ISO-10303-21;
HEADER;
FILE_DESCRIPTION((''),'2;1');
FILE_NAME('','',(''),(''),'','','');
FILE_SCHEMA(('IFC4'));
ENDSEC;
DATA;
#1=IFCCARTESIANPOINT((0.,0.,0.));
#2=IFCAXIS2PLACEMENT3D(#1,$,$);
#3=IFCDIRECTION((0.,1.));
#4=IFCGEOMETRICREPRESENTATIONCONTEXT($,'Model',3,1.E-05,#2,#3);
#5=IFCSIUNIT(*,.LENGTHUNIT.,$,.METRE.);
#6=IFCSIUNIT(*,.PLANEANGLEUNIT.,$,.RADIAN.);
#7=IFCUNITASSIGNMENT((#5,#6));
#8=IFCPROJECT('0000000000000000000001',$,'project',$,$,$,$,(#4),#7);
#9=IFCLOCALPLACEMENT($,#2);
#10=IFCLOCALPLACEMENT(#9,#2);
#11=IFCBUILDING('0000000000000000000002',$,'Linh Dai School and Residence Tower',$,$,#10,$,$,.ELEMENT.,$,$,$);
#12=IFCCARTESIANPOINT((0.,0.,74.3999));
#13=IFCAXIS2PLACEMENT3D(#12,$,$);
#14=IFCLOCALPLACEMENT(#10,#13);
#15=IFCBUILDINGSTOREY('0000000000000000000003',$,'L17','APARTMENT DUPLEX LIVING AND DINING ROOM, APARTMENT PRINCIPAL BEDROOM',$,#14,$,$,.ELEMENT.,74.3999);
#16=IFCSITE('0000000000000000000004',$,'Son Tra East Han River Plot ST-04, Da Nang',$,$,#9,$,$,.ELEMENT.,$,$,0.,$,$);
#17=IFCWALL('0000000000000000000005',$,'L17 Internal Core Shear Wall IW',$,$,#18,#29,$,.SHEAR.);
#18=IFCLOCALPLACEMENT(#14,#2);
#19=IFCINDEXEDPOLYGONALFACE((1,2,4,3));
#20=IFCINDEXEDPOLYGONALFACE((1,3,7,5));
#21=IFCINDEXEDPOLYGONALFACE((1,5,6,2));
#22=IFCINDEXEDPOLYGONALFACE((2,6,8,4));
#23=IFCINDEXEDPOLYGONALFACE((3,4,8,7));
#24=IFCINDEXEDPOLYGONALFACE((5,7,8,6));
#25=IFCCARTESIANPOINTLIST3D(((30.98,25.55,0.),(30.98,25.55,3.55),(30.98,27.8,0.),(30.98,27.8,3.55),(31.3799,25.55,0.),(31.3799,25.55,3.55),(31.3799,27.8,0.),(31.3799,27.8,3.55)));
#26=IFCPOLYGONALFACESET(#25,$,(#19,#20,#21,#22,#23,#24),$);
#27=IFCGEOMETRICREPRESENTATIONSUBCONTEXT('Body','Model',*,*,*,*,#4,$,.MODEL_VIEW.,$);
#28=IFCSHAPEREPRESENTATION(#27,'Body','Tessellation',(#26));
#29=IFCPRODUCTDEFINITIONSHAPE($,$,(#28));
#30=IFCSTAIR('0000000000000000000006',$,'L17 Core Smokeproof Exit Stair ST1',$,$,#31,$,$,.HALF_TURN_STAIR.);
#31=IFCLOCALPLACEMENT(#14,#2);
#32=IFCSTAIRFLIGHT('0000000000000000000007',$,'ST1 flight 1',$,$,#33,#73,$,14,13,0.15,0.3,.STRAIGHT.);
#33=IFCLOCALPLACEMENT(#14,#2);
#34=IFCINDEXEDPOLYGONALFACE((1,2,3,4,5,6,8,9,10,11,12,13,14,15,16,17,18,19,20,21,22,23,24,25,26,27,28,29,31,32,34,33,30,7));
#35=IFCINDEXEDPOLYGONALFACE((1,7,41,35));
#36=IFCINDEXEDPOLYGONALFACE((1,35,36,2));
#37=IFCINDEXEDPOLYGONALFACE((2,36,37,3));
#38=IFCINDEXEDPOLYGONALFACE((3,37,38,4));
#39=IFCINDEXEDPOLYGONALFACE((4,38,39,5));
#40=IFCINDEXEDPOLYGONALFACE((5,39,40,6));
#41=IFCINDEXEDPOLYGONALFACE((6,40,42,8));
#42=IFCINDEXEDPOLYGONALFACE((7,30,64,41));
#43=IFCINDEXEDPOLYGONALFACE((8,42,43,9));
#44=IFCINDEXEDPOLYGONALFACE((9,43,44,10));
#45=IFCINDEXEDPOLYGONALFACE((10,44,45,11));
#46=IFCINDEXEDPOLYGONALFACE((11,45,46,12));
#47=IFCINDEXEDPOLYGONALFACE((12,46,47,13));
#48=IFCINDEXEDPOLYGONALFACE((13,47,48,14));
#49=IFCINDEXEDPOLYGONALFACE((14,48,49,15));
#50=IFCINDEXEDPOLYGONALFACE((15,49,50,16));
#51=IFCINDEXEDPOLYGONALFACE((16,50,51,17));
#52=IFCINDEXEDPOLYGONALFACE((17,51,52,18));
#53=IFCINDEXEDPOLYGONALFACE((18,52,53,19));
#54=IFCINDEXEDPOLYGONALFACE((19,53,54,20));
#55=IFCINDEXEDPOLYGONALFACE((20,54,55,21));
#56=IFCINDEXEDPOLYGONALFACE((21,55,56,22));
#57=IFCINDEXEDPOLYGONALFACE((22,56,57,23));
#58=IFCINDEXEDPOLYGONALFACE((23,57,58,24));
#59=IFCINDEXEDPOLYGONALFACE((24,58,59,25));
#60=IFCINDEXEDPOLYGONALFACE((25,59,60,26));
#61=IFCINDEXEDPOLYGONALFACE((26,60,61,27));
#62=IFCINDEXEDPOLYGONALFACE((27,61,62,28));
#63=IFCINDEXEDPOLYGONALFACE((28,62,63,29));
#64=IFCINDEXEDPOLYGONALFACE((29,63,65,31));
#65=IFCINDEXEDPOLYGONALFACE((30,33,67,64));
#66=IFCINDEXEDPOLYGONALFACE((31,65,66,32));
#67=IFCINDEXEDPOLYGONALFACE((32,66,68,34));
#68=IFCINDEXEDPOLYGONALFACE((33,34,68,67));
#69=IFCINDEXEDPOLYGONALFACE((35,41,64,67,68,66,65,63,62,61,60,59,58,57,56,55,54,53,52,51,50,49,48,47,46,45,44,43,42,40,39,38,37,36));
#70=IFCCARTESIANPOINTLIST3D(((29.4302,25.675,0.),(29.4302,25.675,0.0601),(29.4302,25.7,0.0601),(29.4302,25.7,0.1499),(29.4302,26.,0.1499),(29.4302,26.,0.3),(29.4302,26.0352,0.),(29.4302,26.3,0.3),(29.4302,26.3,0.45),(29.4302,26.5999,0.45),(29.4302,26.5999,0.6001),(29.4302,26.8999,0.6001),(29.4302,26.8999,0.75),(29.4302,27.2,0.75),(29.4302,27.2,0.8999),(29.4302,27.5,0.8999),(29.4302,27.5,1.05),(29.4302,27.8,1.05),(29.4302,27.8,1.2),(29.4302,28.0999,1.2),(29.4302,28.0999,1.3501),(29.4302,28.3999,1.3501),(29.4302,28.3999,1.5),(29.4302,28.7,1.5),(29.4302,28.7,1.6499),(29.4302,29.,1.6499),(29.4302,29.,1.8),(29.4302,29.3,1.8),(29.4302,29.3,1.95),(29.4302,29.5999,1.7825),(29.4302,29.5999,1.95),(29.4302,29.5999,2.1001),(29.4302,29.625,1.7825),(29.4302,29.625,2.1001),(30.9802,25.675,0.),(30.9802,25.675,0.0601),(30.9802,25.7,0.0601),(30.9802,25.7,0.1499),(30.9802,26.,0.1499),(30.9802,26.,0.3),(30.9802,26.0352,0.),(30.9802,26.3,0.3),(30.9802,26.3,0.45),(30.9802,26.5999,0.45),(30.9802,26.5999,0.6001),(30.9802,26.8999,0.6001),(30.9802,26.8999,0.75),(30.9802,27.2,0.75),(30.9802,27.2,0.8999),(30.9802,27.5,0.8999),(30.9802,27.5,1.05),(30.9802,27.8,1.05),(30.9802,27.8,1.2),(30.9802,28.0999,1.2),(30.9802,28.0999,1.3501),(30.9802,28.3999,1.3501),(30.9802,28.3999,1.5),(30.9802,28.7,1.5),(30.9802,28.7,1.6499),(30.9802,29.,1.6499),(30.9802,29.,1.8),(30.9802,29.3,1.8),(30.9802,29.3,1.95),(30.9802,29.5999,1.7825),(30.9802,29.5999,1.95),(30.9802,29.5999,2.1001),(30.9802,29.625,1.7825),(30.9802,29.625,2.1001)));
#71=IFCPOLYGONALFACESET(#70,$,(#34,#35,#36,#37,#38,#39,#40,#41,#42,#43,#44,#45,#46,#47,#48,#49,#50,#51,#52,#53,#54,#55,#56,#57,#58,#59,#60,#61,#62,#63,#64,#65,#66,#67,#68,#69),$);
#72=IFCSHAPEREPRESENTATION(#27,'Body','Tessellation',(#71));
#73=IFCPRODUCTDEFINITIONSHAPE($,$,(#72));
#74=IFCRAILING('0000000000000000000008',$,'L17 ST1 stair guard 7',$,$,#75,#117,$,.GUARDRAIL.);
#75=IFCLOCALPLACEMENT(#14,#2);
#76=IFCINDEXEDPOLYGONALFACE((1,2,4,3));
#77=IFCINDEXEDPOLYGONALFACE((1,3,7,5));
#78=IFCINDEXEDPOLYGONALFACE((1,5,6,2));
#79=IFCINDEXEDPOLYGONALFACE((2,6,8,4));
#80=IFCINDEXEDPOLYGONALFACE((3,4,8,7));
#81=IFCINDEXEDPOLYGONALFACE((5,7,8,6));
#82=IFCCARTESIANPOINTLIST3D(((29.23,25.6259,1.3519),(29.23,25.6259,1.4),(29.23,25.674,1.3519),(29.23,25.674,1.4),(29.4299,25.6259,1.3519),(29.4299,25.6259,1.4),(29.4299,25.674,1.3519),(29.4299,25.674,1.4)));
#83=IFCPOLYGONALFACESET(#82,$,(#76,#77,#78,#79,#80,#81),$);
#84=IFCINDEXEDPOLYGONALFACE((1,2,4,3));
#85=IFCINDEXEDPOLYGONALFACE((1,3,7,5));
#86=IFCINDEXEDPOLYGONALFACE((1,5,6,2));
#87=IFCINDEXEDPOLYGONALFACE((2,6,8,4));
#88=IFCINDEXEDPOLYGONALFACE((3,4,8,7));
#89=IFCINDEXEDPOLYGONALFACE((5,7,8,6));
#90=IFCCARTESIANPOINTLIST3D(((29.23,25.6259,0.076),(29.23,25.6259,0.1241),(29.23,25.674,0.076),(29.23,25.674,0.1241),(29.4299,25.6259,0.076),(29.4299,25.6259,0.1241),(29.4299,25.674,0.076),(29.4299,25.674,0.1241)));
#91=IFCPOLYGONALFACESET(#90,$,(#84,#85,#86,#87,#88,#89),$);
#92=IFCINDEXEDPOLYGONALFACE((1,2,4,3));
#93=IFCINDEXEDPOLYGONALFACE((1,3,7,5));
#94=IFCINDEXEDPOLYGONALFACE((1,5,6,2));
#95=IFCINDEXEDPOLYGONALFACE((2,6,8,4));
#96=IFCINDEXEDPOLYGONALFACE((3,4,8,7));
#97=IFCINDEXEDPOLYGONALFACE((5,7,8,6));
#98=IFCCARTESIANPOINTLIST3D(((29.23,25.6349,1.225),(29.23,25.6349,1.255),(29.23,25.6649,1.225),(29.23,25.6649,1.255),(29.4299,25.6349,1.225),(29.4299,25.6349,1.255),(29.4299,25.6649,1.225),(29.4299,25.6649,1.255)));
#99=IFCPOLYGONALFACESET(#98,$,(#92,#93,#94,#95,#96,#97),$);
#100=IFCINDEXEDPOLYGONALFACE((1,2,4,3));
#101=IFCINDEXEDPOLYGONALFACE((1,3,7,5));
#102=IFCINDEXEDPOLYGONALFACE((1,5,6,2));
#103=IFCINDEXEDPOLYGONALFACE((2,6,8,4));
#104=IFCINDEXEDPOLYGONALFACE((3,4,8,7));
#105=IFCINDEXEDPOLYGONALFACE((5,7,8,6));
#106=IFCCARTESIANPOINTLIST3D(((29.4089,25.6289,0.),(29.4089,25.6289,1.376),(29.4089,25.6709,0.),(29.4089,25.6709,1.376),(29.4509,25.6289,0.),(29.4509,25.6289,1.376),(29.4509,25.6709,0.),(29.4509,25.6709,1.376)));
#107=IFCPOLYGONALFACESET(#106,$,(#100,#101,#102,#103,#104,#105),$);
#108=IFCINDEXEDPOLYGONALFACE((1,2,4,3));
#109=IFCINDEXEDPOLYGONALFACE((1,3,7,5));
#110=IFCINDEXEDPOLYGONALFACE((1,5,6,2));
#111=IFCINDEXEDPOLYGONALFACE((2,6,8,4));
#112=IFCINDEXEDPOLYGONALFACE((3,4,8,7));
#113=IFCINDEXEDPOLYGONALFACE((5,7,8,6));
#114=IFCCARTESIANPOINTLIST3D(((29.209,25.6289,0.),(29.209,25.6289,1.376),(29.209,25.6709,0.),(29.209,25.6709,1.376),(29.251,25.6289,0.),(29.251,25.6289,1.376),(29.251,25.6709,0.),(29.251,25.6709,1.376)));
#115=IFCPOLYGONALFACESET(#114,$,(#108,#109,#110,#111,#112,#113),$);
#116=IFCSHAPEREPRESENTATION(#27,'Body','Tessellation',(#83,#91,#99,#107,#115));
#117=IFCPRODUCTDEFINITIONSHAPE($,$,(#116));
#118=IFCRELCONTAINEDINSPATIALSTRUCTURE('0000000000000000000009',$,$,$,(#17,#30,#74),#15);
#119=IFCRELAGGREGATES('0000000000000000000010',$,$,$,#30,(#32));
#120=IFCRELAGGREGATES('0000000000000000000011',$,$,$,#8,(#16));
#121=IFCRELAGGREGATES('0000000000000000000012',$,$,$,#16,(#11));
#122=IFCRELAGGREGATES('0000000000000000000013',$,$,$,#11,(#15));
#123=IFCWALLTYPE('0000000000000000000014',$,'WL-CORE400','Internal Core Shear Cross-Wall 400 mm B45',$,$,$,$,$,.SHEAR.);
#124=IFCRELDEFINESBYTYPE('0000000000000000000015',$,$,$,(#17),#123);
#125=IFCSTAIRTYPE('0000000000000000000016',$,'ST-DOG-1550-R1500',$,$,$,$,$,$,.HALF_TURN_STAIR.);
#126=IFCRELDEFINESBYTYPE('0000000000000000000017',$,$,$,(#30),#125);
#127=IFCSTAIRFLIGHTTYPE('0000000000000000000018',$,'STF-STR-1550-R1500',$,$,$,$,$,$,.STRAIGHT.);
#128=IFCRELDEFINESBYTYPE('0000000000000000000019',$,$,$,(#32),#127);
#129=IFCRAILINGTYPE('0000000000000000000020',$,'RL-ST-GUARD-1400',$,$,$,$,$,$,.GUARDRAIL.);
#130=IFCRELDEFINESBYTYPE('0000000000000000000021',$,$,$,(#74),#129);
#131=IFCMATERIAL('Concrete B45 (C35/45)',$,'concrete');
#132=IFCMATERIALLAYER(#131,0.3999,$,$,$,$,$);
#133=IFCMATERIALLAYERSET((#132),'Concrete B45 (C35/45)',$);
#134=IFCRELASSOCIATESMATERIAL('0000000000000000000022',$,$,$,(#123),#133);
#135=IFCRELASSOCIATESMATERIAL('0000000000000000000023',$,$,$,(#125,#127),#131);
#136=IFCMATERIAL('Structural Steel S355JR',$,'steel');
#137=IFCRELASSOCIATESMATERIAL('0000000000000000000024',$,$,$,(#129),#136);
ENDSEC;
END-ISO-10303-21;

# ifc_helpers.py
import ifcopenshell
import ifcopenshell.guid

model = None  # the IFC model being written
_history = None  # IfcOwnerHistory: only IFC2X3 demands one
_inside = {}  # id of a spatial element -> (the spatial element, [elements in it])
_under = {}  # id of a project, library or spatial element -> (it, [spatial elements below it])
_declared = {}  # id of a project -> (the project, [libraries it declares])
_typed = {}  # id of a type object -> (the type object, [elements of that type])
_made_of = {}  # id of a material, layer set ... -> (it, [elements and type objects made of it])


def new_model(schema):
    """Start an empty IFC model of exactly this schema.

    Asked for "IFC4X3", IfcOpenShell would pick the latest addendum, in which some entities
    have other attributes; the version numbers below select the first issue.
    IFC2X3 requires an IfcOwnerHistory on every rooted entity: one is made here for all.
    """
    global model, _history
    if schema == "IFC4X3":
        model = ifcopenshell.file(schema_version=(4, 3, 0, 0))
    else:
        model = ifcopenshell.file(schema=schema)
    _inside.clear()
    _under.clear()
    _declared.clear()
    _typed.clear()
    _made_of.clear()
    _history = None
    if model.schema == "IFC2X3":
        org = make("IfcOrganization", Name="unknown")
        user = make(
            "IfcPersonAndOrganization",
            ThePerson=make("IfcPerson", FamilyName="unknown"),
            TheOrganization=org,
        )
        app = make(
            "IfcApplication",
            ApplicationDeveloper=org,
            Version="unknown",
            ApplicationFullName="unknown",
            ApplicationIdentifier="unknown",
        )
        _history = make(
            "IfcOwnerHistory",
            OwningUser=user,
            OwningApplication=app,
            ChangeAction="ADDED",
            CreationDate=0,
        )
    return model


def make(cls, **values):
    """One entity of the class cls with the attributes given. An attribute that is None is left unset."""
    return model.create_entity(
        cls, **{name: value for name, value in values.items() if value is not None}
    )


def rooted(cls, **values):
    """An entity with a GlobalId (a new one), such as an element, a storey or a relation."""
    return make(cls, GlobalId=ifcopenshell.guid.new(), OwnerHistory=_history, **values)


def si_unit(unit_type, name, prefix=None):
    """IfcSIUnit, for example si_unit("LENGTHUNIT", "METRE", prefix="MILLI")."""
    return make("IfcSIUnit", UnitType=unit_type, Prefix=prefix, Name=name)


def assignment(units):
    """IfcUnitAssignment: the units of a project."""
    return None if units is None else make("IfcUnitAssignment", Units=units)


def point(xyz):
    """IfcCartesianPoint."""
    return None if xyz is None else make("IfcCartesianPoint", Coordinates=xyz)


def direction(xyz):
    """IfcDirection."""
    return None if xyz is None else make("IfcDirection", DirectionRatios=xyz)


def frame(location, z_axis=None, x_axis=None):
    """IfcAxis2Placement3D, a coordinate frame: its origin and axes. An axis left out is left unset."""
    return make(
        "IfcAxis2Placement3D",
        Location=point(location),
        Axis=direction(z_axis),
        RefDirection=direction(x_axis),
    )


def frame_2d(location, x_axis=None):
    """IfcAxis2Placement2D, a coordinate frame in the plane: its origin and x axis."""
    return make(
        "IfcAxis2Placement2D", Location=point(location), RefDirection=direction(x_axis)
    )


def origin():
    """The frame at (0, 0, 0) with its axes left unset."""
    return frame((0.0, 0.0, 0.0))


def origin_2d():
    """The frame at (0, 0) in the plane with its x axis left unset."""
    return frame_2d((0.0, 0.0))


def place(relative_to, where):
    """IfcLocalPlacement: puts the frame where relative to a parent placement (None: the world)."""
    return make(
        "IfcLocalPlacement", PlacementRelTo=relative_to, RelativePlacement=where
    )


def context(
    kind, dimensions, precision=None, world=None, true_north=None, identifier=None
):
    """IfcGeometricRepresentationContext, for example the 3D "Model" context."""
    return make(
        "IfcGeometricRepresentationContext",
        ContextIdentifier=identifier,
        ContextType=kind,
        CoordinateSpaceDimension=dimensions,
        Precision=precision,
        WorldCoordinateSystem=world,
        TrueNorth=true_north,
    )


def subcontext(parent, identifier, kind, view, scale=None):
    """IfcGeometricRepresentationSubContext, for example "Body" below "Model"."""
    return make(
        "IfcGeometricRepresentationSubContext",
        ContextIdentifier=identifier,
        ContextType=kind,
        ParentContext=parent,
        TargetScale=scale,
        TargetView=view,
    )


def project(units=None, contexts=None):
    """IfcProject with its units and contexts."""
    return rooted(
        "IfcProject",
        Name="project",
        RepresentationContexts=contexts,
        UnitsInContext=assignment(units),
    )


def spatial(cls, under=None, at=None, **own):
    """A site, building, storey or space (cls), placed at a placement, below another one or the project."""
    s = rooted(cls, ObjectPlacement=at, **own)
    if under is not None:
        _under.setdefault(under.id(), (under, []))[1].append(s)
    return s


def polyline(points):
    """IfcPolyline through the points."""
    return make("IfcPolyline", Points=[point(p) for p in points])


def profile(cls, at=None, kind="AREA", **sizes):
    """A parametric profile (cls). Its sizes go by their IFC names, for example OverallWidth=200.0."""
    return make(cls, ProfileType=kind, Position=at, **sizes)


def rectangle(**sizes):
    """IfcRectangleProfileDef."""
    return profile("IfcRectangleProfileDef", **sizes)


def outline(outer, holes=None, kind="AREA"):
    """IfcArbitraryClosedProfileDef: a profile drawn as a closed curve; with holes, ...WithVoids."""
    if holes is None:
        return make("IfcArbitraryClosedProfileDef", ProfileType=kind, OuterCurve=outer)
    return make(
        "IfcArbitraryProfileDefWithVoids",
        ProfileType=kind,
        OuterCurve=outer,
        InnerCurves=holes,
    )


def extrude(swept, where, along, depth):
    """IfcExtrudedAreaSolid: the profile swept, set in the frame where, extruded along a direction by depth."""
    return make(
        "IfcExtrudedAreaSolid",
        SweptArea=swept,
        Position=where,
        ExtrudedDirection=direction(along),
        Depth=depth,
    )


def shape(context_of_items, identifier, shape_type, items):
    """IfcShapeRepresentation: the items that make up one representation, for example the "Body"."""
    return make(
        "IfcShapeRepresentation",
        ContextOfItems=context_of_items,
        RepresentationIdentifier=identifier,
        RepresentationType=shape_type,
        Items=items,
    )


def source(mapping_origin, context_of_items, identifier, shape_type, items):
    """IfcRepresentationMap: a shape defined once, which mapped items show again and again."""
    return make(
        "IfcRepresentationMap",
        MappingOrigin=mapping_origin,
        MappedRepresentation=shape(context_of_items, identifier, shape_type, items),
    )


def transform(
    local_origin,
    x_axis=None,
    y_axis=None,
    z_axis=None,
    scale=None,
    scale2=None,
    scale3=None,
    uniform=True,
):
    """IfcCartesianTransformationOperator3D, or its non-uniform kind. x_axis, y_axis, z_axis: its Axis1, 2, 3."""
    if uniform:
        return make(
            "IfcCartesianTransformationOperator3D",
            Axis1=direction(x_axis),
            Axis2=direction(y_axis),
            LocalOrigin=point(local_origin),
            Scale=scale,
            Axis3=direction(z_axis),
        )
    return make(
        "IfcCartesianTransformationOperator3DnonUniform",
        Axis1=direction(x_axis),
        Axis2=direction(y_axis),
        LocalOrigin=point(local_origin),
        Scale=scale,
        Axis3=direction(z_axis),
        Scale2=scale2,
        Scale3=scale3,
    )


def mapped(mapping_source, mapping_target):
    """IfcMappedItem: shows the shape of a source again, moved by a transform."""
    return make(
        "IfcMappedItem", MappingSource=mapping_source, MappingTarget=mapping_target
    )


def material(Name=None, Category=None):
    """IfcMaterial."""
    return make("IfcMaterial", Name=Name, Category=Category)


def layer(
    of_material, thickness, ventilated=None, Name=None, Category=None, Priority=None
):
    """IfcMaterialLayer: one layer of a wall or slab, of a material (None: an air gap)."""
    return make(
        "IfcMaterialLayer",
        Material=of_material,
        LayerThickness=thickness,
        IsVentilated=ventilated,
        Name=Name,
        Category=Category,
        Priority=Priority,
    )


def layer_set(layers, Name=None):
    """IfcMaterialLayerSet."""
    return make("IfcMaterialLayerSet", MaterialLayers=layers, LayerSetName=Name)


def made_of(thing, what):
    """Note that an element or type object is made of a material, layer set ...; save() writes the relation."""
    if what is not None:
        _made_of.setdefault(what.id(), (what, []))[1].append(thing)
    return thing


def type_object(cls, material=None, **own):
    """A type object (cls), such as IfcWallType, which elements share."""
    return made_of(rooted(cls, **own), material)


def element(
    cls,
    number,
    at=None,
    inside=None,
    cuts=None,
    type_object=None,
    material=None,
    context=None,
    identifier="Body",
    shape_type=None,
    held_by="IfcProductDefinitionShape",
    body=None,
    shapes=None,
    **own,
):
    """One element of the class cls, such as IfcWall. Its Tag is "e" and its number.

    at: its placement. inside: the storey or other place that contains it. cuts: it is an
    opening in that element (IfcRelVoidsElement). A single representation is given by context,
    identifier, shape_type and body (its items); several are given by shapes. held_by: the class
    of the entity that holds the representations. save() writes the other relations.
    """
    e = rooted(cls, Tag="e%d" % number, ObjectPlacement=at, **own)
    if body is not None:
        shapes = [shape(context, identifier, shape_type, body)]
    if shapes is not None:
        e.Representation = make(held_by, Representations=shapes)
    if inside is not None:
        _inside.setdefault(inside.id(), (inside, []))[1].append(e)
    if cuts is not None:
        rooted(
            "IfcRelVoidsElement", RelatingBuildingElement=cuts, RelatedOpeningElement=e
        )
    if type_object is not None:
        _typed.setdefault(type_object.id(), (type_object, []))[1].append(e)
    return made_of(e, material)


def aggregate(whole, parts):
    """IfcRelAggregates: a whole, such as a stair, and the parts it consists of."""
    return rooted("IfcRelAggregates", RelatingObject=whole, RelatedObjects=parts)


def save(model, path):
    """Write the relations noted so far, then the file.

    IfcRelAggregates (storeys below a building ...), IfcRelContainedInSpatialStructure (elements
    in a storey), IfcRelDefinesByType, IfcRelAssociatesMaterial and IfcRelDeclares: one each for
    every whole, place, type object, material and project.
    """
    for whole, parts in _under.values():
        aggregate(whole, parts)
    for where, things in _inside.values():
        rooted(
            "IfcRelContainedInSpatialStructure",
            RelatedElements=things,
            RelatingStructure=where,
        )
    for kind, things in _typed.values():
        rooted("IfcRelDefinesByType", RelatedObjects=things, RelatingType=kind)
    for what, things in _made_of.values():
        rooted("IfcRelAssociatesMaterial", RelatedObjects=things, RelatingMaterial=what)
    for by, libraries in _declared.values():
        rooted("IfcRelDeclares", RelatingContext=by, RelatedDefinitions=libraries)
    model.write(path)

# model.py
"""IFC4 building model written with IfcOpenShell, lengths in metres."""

from ifc_helpers import new_model, si_unit, direction, frame, frame_2d, origin, origin_2d, place, context, subcontext, project, spatial, polyline, rectangle, outline, extrude, source, transform, mapped, material, layer, layer_set, type_object, element, aggregate, save


model = new_model("IFC4")

# Units and contexts
model_context = context("Model", 3, precision=1e-05, world=origin(), true_north=direction((0.0, 1.0)))
body_context = subcontext(model_context, "Body", "Model", "MODEL_VIEW")
ifc_project = project(units=[si_unit("LENGTHUNIT", "METRE"), si_unit("PLANEANGLEUNIT", "RADIAN")], contexts=[model_context])

# Site, building, storey
site_placement = place(None, origin())
site = spatial("IfcSite", under=ifc_project, at=site_placement, Name="Son Tra East Han River Plot ST-04, Da Nang", CompositionType="ELEMENT", RefElevation=0.0)
building_placement = place(site_placement, origin())
building = spatial("IfcBuilding", under=site, at=building_placement, Name="Linh Dai School and Residence Tower", CompositionType="ELEMENT")
storey_placement = place(building_placement, frame((0.0, 0.0, 74.3999)))
storey = spatial("IfcBuildingStorey", under=building, at=storey_placement, Name="L17", Description="APARTMENT DUPLEX LIVING AND DINING ROOM, APARTMENT PRINCIPAL BEDROOM", CompositionType="ELEMENT", Elevation=74.3999)

# Shared definitions
ifc_material_1 = material(Name="Structural Steel S355JR", Category="steel")

# Shared definitions
ifc_material_2 = material(Name="Concrete B45 (C35/45)", Category="concrete")

# Wall
ifc_layer_1 = layer(ifc_material_2, 0.3999)
ifc_layer_set_1 = layer_set([ifc_layer_1], Name="Concrete B45 (C35/45)")
wall_type_1 = type_object("IfcWallType", Name="WL-CORE400", Description="Internal Core Shear Cross-Wall 400 mm B45", PredefinedType="SHEAR", material=ifc_layer_set_1)
wall_1_placement = place(storey_placement, frame((31.1799, 25.55, 0.0), z_axis=(0.0, 0.0, 1.0), x_axis=(0.0, 1.0, 0.0)))
element("IfcWall", 1, at=wall_1_placement, inside=storey, type_object=wall_type_1, Name="L17 Internal Core Shear Wall IW", PredefinedType="SHEAR", context=body_context, shape_type="SweptSolid", body=[
    extrude(rectangle(XDim=2.25, YDim=0.3999, at=frame_2d((1.125, 0.0))), origin(), (0.0, 0.0, 1.0), 3.55),
])

# Stair, stair flight
stair_type = type_object("IfcStairType", Name="ST-DOG-1550-R1500", PredefinedType="HALF_TURN_STAIR", material=ifc_material_2)
stair_placement = place(storey_placement, origin())
stair = element("IfcStair", 2, at=stair_placement, inside=storey, type_object=stair_type, Name="L17 Core Smokeproof Exit Stair ST1", PredefinedType="HALF_TURN_STAIR")
stair_flight_type = type_object("IfcStairFlightType", Name="STF-STR-1550-R1500", PredefinedType="STRAIGHT", material=ifc_material_2)
shared_shape_1 = source(origin(), body_context, "Body", "SweptSolid", [
    extrude(outline(polyline([(-0.0249, 0.0), (-0.0249, 0.0601), (0.0, 0.0601), (0.0, 0.1499), (0.3, 0.1499), (0.3, 0.3), (0.6001, 0.3), (0.6001, 0.45), (0.8999, 0.45), (0.8999, 0.6001), (1.2, 0.6001), (1.2, 0.75), (1.5, 0.75), (1.5, 0.8999), (1.8, 0.8999), (1.8, 1.05), (2.1001, 1.05), (2.1001, 1.2), (2.3999, 1.2), (2.3999, 1.3501), (2.7, 1.3501), (2.7, 1.5), (3.0, 1.5), (3.0, 1.6499), (3.3, 1.6499), (3.3, 1.8), (3.6001, 1.8), (3.6001, 1.95), (3.8999, 1.95), (3.8999, 2.1001), (3.925, 2.1001), (3.925, 1.7825), (3.8999, 1.7825), (0.3352, 0.0), (-0.0249, 0.0)])), frame((0.0, 0.7749, 0.0), z_axis=(0.0, -1.0, 0.0), x_axis=(1.0, 0.0, 0.0)), (0.0, 0.0, 1.0), 1.55),
])
stair_flight_placement = place(storey_placement, frame((30.2051, 25.7, 0.0), z_axis=(0.0, 0.0, 1.0), x_axis=(0.0, 1.0, 0.0)))
stair_flight = element("IfcStairFlight", 3, at=stair_flight_placement, type_object=stair_flight_type, Name="ST1 flight 1", NumberOfRisers=14, NumberOfTreads=13, PredefinedType="STRAIGHT", RiserHeight=0.15, TreadLength=0.3, context=body_context, shape_type="MappedRepresentation", body=[
    mapped(shared_shape_1, transform((0.0, 0.0, 0.0), x_axis=(1.0, 0.0, 0.0), y_axis=(0.0, 1.0, 0.0), z_axis=(0.0, 0.0, 1.0), scale=1.0)),
])
aggregate(stair, [stair_flight])

# Railing
railing_type_1 = type_object("IfcRailingType", Name="RL-ST-GUARD-1400", PredefinedType="GUARDRAIL", material=ifc_material_1)
shared_shape_2 = source(origin(), body_context, "Body", "SweptSolid", [
    extrude(rectangle(XDim=0.0481, YDim=0.0481, at=origin_2d()), frame((0.0, 0.0, 1.376), z_axis=(-1.0, 0.0, 0.0), x_axis=(0.0, -1.0, 0.0)), (0.0, 0.0, 1.0), 0.2),
    extrude(rectangle(XDim=0.0481, YDim=0.0481, at=origin_2d()), frame((0.0, 0.0, 0.1001), z_axis=(-1.0, 0.0, 0.0), x_axis=(0.0, -1.0, 0.0)), (0.0, 0.0, 1.0), 0.2),
    extrude(rectangle(XDim=0.03, YDim=0.03, at=origin_2d()), frame((0.0, 0.0, 1.24), z_axis=(-1.0, 0.0, 0.0), x_axis=(0.0, -1.0, 0.0)), (0.0, 0.0, 1.0), 0.2),
    extrude(rectangle(XDim=0.042, YDim=0.042, at=origin_2d()), origin(), (0.0, 0.0, 1.0), 1.376),
    extrude(rectangle(XDim=0.042, YDim=0.042, at=origin_2d()), frame((-0.2, 0.0, 0.0)), (0.0, 0.0, 1.0), 1.376),
])
railing_1_placement = place(storey_placement, frame((29.4299, 25.6499, 0.0)))
element("IfcRailing", 4, at=railing_1_placement, inside=storey, type_object=railing_type_1, Name="L17 ST1 stair guard 7", PredefinedType="GUARDRAIL", context=body_context, shape_type="MappedRepresentation", body=[
    mapped(shared_shape_2, transform((0.0, 0.0, 0.0), x_axis=(1.0, 0.0, 0.0), y_axis=(0.0, 1.0, 0.0), z_axis=(0.0, 0.0, 1.0), scale=1.0)),
])

save(model, "model.ifc")
